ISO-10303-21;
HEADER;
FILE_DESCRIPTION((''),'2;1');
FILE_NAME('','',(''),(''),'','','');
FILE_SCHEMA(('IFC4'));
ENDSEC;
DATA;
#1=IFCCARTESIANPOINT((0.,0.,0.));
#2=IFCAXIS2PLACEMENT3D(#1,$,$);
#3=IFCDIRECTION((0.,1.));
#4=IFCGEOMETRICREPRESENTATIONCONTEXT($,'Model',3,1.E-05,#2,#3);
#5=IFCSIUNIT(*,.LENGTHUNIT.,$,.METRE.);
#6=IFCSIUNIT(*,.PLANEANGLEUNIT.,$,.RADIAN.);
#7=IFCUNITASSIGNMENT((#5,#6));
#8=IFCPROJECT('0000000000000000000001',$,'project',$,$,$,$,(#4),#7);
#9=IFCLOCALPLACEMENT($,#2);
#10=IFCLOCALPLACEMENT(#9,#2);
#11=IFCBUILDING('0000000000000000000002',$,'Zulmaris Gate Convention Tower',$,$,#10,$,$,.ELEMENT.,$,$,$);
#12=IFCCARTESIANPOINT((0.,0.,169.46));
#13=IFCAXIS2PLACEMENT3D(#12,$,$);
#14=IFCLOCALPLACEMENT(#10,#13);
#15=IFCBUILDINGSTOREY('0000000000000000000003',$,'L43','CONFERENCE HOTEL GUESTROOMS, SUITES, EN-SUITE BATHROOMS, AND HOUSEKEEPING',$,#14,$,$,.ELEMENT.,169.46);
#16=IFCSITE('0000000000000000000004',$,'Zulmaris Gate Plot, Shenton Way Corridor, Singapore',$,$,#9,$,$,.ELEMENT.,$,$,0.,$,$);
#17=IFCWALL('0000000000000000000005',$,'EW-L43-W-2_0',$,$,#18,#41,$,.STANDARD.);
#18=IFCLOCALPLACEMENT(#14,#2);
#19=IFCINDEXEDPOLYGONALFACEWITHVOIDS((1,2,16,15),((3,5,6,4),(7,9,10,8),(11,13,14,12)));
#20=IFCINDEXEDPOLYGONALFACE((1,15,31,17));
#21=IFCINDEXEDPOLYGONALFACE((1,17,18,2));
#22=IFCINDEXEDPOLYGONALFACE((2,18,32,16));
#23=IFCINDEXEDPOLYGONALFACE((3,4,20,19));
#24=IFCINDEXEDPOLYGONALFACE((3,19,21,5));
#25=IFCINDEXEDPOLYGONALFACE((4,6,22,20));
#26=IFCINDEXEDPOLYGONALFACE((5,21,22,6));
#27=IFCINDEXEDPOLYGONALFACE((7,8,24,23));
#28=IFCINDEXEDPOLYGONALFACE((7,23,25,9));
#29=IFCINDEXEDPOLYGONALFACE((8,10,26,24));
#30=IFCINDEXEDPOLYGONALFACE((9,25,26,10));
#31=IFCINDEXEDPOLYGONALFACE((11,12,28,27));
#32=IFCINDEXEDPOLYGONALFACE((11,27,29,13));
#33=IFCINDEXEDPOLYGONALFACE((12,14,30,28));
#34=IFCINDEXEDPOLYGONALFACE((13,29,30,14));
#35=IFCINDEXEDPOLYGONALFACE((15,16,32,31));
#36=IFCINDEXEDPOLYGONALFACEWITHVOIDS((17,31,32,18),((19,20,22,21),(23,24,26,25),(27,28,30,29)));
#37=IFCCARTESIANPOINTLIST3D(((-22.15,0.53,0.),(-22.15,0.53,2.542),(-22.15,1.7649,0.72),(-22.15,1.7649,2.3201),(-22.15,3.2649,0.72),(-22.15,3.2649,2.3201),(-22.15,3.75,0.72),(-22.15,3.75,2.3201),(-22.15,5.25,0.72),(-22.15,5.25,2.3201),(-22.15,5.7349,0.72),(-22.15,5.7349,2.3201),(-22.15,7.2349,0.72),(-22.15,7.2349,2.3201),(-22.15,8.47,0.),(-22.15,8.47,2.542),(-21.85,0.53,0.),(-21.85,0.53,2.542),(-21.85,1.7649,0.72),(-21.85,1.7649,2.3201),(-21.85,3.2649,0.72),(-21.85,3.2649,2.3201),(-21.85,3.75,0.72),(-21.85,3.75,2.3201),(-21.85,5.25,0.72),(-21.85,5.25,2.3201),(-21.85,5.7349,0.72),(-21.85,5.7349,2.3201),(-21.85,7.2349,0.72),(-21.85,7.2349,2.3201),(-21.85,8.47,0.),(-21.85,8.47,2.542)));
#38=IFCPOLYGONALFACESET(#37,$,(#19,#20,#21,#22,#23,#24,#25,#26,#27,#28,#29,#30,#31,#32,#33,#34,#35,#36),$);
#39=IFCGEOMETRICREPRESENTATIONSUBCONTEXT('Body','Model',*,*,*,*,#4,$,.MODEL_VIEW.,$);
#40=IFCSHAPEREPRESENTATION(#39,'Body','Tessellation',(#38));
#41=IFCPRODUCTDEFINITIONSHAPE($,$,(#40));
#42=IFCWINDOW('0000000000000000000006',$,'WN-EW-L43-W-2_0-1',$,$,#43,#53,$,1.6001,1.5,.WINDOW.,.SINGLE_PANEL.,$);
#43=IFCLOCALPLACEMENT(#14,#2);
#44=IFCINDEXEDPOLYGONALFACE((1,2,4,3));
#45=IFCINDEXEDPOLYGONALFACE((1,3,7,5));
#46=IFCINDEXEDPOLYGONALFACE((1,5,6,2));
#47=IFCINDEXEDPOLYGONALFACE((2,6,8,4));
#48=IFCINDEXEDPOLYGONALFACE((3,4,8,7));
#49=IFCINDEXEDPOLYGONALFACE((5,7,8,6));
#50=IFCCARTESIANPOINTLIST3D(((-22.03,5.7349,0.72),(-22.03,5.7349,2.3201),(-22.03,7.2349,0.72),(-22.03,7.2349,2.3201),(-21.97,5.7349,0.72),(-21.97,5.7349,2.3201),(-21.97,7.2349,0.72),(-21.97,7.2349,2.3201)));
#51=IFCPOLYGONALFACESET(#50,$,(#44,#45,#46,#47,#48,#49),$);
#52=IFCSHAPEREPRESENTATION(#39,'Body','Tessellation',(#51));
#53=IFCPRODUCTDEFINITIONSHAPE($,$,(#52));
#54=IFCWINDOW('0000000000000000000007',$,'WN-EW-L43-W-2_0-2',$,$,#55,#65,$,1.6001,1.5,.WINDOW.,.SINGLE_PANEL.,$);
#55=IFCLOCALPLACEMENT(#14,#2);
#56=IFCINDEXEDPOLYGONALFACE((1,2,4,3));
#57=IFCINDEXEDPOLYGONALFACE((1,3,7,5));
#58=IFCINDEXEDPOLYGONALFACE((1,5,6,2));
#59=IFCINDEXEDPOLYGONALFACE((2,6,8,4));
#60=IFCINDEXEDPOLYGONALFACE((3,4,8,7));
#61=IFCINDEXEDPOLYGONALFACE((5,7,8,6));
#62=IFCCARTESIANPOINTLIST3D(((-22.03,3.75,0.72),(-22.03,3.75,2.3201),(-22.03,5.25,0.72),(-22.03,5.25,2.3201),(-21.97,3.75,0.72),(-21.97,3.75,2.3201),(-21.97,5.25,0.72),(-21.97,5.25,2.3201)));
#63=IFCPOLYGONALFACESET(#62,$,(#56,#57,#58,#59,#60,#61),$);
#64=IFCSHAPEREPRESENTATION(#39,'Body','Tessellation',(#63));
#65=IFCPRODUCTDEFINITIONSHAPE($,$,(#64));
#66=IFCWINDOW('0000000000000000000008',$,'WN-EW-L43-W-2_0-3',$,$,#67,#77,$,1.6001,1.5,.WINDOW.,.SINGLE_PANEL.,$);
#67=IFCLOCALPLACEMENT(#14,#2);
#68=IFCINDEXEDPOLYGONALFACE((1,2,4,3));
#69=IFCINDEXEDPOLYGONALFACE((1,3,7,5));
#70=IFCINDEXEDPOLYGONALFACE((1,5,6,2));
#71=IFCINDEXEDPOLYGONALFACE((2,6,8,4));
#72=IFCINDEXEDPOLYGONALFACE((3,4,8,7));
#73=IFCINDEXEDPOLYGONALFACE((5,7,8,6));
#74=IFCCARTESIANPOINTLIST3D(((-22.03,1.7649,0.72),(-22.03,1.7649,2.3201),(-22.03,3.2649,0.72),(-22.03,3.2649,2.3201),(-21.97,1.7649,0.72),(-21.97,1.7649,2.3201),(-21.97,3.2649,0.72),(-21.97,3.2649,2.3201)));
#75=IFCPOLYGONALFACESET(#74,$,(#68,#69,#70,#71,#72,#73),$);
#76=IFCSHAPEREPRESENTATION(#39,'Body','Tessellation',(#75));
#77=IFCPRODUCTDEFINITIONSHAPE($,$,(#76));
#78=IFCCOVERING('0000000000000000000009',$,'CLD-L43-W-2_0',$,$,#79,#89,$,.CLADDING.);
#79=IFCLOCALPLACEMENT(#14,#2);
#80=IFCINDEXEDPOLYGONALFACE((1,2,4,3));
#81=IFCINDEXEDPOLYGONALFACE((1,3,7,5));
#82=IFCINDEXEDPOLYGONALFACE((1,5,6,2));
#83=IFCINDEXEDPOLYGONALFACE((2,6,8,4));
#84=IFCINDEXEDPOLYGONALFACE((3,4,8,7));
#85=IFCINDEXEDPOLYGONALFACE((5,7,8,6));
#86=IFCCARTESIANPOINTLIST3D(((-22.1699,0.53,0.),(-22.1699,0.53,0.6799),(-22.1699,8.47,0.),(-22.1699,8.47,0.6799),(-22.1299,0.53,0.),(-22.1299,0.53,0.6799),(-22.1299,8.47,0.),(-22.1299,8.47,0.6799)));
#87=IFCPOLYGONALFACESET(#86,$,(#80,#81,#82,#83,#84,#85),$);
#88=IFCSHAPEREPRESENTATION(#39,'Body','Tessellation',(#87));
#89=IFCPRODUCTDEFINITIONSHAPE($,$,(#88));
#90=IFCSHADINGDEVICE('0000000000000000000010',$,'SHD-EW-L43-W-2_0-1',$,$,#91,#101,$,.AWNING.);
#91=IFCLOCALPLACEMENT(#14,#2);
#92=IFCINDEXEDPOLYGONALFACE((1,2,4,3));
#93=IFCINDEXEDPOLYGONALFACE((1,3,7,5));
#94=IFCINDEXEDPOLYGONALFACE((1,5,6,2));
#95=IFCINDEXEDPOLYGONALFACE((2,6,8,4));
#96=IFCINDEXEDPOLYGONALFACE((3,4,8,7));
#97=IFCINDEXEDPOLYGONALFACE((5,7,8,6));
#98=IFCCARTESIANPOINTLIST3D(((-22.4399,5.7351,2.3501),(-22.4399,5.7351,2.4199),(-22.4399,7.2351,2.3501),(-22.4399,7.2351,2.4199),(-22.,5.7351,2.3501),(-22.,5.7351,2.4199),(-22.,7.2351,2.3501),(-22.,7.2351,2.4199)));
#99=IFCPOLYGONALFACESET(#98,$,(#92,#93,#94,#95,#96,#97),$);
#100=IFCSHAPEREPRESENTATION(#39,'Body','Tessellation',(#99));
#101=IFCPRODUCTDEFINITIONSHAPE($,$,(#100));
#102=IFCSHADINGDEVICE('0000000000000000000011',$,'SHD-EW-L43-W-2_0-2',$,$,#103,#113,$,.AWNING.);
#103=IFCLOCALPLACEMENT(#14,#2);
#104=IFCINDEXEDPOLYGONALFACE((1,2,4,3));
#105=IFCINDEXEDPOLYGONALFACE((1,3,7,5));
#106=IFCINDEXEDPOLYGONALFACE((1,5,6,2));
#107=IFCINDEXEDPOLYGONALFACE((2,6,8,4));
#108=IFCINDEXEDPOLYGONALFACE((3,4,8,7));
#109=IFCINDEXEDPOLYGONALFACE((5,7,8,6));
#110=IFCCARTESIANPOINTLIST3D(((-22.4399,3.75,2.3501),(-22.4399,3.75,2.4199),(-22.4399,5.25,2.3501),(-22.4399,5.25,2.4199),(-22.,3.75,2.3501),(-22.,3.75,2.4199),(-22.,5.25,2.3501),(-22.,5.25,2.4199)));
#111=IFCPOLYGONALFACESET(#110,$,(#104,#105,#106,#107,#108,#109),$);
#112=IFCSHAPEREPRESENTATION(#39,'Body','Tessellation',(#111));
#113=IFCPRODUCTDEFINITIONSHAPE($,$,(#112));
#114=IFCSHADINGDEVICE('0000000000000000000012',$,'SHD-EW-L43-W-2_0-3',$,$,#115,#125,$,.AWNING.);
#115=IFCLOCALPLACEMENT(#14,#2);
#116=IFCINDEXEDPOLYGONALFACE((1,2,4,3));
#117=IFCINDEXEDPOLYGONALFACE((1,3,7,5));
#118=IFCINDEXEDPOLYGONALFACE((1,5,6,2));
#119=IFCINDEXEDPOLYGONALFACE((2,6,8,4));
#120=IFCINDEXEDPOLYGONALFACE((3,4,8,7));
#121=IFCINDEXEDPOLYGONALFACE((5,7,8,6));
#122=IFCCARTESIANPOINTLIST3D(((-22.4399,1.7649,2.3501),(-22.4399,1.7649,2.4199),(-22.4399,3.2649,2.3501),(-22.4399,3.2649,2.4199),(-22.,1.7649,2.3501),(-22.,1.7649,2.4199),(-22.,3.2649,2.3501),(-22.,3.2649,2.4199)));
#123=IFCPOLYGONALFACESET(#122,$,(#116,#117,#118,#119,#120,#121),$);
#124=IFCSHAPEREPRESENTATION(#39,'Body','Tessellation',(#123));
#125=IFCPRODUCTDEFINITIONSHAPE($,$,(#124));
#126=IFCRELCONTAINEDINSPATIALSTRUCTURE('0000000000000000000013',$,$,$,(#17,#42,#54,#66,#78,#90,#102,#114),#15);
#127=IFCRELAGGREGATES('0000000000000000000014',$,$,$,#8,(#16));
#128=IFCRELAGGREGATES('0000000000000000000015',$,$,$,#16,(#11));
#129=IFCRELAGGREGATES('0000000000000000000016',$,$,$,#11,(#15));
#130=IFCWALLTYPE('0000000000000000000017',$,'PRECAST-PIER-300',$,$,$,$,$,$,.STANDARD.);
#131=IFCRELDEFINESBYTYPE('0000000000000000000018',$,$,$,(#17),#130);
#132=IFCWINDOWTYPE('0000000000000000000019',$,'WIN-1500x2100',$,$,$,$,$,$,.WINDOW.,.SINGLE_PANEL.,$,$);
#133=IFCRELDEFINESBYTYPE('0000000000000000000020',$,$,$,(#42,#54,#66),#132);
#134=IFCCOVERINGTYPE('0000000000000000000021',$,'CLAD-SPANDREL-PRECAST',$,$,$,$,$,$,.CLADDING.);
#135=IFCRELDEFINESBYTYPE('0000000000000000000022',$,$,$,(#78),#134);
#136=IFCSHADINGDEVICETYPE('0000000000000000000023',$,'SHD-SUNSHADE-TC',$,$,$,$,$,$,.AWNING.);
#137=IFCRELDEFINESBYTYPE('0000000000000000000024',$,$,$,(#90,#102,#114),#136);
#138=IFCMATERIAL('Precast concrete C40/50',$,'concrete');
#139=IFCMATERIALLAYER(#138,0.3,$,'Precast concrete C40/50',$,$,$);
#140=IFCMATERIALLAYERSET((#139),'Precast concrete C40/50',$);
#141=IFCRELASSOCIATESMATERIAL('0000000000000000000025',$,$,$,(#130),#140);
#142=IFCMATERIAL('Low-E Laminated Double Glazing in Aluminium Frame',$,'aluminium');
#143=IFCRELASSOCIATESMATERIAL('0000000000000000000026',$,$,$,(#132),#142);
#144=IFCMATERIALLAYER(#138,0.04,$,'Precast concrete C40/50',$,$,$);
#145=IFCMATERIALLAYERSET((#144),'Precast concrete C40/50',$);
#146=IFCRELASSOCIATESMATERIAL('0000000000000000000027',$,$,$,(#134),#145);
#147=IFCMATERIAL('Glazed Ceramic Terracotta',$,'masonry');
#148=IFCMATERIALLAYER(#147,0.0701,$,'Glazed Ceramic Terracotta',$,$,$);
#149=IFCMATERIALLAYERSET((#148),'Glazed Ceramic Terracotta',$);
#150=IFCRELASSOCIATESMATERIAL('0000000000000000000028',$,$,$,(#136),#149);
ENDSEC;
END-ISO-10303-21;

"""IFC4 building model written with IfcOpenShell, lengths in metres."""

from ifc_helpers import new_model, si_unit, direction, frame, frame_2d, origin, place, context, subcontext, project, spatial, rectangle, extrude, material, layer, layer_set, type_object, element, fill, save


model = new_model("IFC4")

# Units and contexts
model_context = context("Model", 3, precision=1e-05, world=origin(), true_north=direction((0.0, 1.0)))
body_context = subcontext(model_context, "Body", "Model", "MODEL_VIEW")
ifc_project = project(units=[si_unit("LENGTHUNIT", "METRE"), si_unit("PLANEANGLEUNIT", "RADIAN")], contexts=[model_context])

# Site, building, storey
site_placement = place(None, origin())
site = spatial("IfcSite", under=ifc_project, at=site_placement, Name="Zulmaris Gate Plot, Shenton Way Corridor, Singapore", CompositionType="ELEMENT", RefElevation=0.0)
building_placement = place(site_placement, origin())
building = spatial("IfcBuilding", under=site, at=building_placement, Name="Zulmaris Gate Convention Tower", CompositionType="ELEMENT")
storey_placement = place(building_placement, frame((0.0, 0.0, 169.46)))
storey = spatial("IfcBuildingStorey", under=building, at=storey_placement, Name="L43", Description="CONFERENCE HOTEL GUESTROOMS, SUITES, EN-SUITE BATHROOMS, AND HOUSEKEEPING", CompositionType="ELEMENT", Elevation=169.46)

# Wall, openings, windows
ifc_material_1 = material(Name="Precast concrete C40/50", Category="concrete")
ifc_layer_1 = layer(ifc_material_1, 0.3, Name="Precast concrete C40/50")
ifc_layer_set_1 = layer_set([ifc_layer_1], Name="Precast concrete C40/50")
wall_type_1 = type_object("IfcWallType", Name="PRECAST-PIER-300", PredefinedType="STANDARD", material=ifc_layer_set_1)
wall_1_placement = place(storey_placement, frame((-22.0, 8.47, 0.0), z_axis=(0.0, 0.0, 1.0), x_axis=(0.0, -1.0, 0.0)))
wall_1 = element("IfcWall", 1, at=wall_1_placement, inside=storey, type_object=wall_type_1, Name="EW-L43-W-2_0", PredefinedType="STANDARD", context=body_context, shape_type="SweptSolid", body=[
    extrude(rectangle(XDim=7.9399, YDim=0.3, at=frame_2d((3.97, 0.0))), origin(), (0.0, 0.0, 1.0), 2.542),
])
opening_1_placement = place(wall_1_placement, frame((1.2351, 0.0, 0.72)))
opening_1 = element("IfcOpeningElement", 2, at=opening_1_placement, cuts=wall_1, PredefinedType="OPENING", context=body_context, shape_type="SweptSolid", body=[
    extrude(rectangle(XDim=1.5, YDim=1.6001, at=frame_2d((0.75, 0.8))), frame((0.0, 0.1602, 0.0), z_axis=(0.0, -1.0, 0.0), x_axis=(1.0, 0.0, 0.0)), (0.0, 0.0, 1.0), 0.3201),
])
opening_2_placement = place(wall_1_placement, frame((3.22, 0.0, 0.72)))
opening_2 = element("IfcOpeningElement", 3, at=opening_2_placement, cuts=wall_1, PredefinedType="OPENING", context=body_context, shape_type="SweptSolid", body=[
    extrude(rectangle(XDim=1.5, YDim=1.6001, at=frame_2d((0.75, 0.8))), frame((0.0, 0.1602, 0.0), z_axis=(0.0, -1.0, 0.0), x_axis=(1.0, 0.0, 0.0)), (0.0, 0.0, 1.0), 0.3201),
])
opening_3_placement = place(wall_1_placement, frame((5.2051, 0.0, 0.72)))
opening_3 = element("IfcOpeningElement", 4, at=opening_3_placement, cuts=wall_1, PredefinedType="OPENING", context=body_context, shape_type="SweptSolid", body=[
    extrude(rectangle(XDim=1.5, YDim=1.6001, at=frame_2d((0.75, 0.8))), frame((0.0, 0.1602, 0.0), z_axis=(0.0, -1.0, 0.0), x_axis=(1.0, 0.0, 0.0)), (0.0, 0.0, 1.0), 0.3201),
])
ifc_material_2 = material(Name="Low-E Laminated Double Glazing in Aluminium Frame", Category="aluminium")
window_type = type_object("IfcWindowType", Name="WIN-1500x2100", PartitioningType="SINGLE_PANEL", PredefinedType="WINDOW", material=ifc_material_2)
window_1_placement = place(opening_1_placement, origin())
window_1 = element("IfcWindow", 5, at=window_1_placement, inside=storey, type_object=window_type, Name="WN-EW-L43-W-2_0-1", OverallHeight=1.6001, OverallWidth=1.5, PartitioningType="SINGLE_PANEL", PredefinedType="WINDOW", context=body_context, shape_type="SweptSolid", body=[
    extrude(rectangle(XDim=1.5, YDim=1.6001, at=frame_2d((0.75, 0.8))), frame((0.0, 0.03, 0.0), z_axis=(0.0, -1.0, 0.0), x_axis=(1.0, 0.0, 0.0)), (0.0, 0.0, 1.0), 0.0601),
])
fill(opening_1, window_1)
window_2_placement = place(opening_2_placement, origin())
window_2 = element("IfcWindow", 6, at=window_2_placement, inside=storey, type_object=window_type, Name="WN-EW-L43-W-2_0-2", OverallHeight=1.6001, OverallWidth=1.5, PartitioningType="SINGLE_PANEL", PredefinedType="WINDOW", context=body_context, shape_type="SweptSolid", body=[
    extrude(rectangle(XDim=1.5, YDim=1.6001, at=frame_2d((0.75, 0.8))), frame((0.0, 0.03, 0.0), z_axis=(0.0, -1.0, 0.0), x_axis=(1.0, 0.0, 0.0)), (0.0, 0.0, 1.0), 0.0601),
])
fill(opening_2, window_2)
window_3_placement = place(opening_3_placement, origin())
window_3 = element("IfcWindow", 7, at=window_3_placement, inside=storey, type_object=window_type, Name="WN-EW-L43-W-2_0-3", OverallHeight=1.6001, OverallWidth=1.5, PartitioningType="SINGLE_PANEL", PredefinedType="WINDOW", context=body_context, shape_type="SweptSolid", body=[
    extrude(rectangle(XDim=1.5, YDim=1.6001, at=frame_2d((0.75, 0.8))), frame((0.0, 0.03, 0.0), z_axis=(0.0, -1.0, 0.0), x_axis=(1.0, 0.0, 0.0)), (0.0, 0.0, 1.0), 0.0601),
])
fill(opening_3, window_3)

# Covering
ifc_layer_2 = layer(ifc_material_1, 0.04, Name="Precast concrete C40/50")
ifc_layer_set_2 = layer_set([ifc_layer_2], Name="Precast concrete C40/50")
covering_type = type_object("IfcCoveringType", Name="CLAD-SPANDREL-PRECAST", PredefinedType="CLADDING", material=ifc_layer_set_2)
covering_placement = place(storey_placement, frame((-22.1499, 8.47, 0.0), z_axis=(0.0, 0.0, 1.0), x_axis=(0.0, -1.0, 0.0)))
element("IfcCovering", 8, at=covering_placement, inside=storey, type_object=covering_type, Name="CLD-L43-W-2_0", PredefinedType="CLADDING", context=body_context, shape_type="SweptSolid", body=[
    extrude(rectangle(XDim=7.9399, YDim=0.04, at=frame_2d((3.97, 0.0))), origin(), (0.0, 0.0, 1.0), 0.6799),
])

# Shading devices
ifc_material_3 = material(Name="Glazed Ceramic Terracotta", Category="masonry")
ifc_layer_3 = layer(ifc_material_3, 0.0701, Name="Glazed Ceramic Terracotta")
ifc_layer_set_3 = layer_set([ifc_layer_3], Name="Glazed Ceramic Terracotta")
shading_device_type = type_object("IfcShadingDeviceType", Name="SHD-SUNSHADE-TC", PredefinedType="AWNING", material=ifc_layer_set_3)
for number, where, z_axis, x_axis, name in (
    (9, (-22.22, 7.2351, 2.3501), (0.0, 0.0, 1.0), (0.0, -1.0, 0.0), "SHD-EW-L43-W-2_0-1"),
    (10, (-22.22, 5.25, 2.3501), (0.0, 0.0, 1.0), (0.0, -1.0, 0.0), "SHD-EW-L43-W-2_0-2"),
    (11, (-22.22, 3.2649, 2.3501), (0.0, 0.0, 1.0), (0.0, -1.0, 0.0), "SHD-EW-L43-W-2_0-3"),
):
    element("IfcShadingDevice", number, at=place(storey_placement, frame(where, z_axis=z_axis, x_axis=x_axis)), inside=storey, type_object=shading_device_type, Name=name, PredefinedType="AWNING", context=body_context, shape_type="SweptSolid", body=[
        extrude(rectangle(XDim=1.5, YDim=0.4399, at=frame_2d((0.75, 0.0))), origin(), (0.0, 0.0, 1.0), 0.0698),
    ])

save(model, "model.ifc")
